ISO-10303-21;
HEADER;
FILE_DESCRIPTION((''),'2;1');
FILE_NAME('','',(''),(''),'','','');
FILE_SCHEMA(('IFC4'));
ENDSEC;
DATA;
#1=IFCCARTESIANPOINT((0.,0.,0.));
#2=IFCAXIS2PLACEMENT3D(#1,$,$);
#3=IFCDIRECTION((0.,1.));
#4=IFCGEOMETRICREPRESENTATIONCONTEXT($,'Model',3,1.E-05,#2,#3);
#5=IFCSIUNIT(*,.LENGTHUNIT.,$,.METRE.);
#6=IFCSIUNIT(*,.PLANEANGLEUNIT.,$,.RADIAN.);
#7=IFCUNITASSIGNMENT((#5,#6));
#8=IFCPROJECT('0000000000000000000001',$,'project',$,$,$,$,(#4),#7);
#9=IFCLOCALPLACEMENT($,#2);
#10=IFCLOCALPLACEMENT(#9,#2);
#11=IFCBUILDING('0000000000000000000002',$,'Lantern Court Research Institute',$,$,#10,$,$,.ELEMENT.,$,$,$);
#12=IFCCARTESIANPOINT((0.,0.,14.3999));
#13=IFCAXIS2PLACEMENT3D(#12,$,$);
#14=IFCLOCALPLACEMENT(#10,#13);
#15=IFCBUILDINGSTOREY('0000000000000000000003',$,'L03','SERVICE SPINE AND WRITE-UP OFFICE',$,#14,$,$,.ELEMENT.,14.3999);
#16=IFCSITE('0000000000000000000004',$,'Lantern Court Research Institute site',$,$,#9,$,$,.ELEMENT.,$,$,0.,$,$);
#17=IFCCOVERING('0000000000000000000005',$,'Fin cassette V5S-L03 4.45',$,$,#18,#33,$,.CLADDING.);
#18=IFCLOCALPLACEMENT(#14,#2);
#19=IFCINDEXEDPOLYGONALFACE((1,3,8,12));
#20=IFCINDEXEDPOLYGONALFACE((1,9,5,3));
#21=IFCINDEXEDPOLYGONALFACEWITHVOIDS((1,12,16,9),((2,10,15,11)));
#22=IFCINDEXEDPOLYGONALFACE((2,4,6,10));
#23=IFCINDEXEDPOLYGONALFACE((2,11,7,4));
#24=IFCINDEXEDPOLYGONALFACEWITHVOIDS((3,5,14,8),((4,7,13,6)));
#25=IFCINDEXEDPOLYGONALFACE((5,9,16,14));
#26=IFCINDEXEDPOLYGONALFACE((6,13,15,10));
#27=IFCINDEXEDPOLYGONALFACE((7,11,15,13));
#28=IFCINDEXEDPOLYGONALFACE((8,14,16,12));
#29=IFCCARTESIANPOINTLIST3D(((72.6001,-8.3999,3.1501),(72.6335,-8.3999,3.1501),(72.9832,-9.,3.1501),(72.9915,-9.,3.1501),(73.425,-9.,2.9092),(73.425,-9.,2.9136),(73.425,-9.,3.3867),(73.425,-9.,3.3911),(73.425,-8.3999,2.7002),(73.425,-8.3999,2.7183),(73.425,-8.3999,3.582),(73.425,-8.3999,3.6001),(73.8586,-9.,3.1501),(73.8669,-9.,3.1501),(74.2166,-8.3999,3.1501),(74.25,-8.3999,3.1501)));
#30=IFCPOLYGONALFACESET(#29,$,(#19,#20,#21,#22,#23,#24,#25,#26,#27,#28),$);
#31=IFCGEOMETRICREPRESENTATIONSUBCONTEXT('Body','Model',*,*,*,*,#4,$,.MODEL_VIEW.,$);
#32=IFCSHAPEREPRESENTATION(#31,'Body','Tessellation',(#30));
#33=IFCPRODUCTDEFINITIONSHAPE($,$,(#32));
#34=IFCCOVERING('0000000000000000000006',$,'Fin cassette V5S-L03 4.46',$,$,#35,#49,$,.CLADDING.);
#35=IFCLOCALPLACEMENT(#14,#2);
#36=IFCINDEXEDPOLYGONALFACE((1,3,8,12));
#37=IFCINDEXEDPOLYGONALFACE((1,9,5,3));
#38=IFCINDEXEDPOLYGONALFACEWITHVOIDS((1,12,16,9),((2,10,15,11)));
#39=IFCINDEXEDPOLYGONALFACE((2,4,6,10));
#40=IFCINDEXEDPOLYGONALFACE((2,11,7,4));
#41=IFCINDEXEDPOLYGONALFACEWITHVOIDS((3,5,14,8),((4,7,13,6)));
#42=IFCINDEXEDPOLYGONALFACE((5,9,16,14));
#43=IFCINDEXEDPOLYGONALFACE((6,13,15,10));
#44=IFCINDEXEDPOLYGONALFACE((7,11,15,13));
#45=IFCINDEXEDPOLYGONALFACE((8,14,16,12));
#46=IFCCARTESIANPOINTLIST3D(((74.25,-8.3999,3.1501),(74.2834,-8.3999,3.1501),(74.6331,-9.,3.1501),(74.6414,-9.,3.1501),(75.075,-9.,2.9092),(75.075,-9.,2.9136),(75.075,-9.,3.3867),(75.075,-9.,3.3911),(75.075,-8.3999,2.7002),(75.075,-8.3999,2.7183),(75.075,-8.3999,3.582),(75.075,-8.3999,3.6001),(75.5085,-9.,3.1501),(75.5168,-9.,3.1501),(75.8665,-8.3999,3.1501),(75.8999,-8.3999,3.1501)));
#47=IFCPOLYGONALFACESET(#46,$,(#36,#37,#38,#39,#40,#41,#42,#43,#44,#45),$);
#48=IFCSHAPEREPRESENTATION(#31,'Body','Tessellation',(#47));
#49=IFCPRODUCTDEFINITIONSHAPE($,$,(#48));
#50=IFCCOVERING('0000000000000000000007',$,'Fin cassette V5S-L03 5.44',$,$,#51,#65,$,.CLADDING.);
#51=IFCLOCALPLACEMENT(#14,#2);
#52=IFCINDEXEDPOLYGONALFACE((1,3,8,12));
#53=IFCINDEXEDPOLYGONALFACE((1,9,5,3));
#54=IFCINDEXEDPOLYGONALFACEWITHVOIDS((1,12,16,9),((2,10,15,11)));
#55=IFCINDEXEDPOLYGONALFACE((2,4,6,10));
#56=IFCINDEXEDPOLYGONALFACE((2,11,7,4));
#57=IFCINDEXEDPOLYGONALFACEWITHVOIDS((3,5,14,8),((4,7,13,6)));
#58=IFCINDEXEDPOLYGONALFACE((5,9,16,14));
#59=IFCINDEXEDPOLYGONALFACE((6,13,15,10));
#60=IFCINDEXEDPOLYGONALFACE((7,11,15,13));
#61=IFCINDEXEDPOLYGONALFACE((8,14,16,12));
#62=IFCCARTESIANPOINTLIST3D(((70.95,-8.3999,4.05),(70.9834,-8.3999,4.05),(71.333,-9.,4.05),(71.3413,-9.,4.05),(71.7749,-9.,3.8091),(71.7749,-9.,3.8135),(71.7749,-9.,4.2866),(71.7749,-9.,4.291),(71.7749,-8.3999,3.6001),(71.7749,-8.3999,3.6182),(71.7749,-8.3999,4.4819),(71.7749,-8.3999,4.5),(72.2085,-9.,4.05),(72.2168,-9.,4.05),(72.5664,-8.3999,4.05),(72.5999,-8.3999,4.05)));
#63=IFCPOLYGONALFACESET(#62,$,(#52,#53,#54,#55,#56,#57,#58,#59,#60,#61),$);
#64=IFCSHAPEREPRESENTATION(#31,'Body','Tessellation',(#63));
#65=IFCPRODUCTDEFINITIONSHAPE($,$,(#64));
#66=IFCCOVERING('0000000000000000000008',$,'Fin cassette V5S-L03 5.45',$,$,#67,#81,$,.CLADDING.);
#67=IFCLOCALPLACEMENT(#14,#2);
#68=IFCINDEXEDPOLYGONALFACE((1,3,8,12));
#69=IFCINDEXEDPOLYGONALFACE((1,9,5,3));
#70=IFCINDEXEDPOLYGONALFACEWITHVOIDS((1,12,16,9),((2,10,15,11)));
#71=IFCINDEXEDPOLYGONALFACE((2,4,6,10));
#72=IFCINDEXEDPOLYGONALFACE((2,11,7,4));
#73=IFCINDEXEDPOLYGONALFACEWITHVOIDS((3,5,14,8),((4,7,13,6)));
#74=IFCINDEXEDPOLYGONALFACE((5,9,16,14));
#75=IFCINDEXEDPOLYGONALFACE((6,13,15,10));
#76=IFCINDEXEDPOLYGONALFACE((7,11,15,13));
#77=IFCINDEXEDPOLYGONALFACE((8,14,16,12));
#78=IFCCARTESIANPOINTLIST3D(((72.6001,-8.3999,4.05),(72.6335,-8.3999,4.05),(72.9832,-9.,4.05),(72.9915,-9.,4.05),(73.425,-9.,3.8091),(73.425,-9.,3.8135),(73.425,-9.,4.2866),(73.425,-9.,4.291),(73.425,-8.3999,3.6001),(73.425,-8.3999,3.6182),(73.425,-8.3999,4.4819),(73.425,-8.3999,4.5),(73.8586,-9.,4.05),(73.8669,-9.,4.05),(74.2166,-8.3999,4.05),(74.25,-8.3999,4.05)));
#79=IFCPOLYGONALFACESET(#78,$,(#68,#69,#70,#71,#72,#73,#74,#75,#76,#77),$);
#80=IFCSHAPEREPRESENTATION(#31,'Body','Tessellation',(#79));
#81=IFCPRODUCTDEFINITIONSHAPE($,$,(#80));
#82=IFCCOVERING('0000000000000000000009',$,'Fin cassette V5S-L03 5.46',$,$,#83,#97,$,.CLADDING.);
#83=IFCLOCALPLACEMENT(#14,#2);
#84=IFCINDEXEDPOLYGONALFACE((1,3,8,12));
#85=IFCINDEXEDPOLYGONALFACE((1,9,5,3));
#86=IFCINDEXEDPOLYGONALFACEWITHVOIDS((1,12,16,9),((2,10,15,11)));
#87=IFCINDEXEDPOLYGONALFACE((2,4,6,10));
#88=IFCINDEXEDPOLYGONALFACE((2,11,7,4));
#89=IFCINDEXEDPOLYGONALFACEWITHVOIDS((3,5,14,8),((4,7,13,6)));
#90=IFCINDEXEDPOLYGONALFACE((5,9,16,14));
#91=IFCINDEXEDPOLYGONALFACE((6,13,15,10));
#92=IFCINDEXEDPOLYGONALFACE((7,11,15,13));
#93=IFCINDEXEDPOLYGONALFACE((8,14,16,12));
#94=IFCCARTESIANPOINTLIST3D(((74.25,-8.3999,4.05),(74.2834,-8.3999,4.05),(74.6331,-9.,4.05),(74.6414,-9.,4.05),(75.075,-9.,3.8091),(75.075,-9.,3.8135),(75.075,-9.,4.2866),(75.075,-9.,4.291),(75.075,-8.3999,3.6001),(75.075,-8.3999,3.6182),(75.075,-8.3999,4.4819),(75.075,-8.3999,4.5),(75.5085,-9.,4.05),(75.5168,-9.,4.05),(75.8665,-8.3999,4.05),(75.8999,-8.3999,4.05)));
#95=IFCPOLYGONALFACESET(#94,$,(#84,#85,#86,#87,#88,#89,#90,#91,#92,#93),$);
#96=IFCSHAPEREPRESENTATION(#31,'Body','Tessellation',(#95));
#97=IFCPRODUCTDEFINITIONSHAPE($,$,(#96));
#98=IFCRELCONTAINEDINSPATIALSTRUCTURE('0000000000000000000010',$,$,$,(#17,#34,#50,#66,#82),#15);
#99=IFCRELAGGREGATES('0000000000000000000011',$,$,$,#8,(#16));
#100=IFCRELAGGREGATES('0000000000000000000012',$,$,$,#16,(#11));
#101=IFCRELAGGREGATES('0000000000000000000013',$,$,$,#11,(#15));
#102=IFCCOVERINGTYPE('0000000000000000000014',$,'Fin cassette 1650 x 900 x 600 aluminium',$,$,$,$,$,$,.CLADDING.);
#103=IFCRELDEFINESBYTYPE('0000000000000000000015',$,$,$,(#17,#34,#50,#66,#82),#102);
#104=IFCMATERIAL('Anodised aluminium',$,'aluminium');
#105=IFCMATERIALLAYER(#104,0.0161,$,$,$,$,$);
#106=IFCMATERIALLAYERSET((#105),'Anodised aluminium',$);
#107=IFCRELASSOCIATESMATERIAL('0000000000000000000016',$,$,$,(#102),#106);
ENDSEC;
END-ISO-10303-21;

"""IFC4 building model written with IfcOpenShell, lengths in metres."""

from ifc_helpers import new_model, entity, si_unit, direction, frame, origin, place, context, subcontext, project, spatial, material, layer, layer_set, type_object, element, save


model = new_model("IFC4")

# Units and contexts
model_context = context("Model", 3, precision=1e-05, world=origin(), true_north=direction((0.0, 1.0)))
body_context = subcontext(model_context, "Body", "Model", "MODEL_VIEW")
ifc_project = project(units=[si_unit("LENGTHUNIT", "METRE"), si_unit("PLANEANGLEUNIT", "RADIAN")], contexts=[model_context])

# Site, building, storey
site_placement = place(None, origin())
site = spatial("IfcSite", under=ifc_project, at=site_placement, Name="Lantern Court Research Institute site", CompositionType="ELEMENT", RefElevation=0.0)
building_placement = place(site_placement, origin())
building = spatial("IfcBuilding", under=site, at=building_placement, Name="Lantern Court Research Institute", CompositionType="ELEMENT")
storey_placement = place(building_placement, frame((0.0, 0.0, 14.3999)))
storey = spatial("IfcBuildingStorey", under=building, at=storey_placement, Name="L03", Description="SERVICE SPINE AND WRITE-UP OFFICE", CompositionType="ELEMENT", Elevation=14.3999)

# Coverings
ifc_material_1 = material(Name="Anodised aluminium", Category="aluminium")
ifc_layer = layer(ifc_material_1, 0.0161)
ifc_layer_set = layer_set([ifc_layer], Name="Anodised aluminium")
covering_type = type_object("IfcCoveringType", Name="Fin cassette 1650 x 900 x 600 aluminium", PredefinedType="CLADDING", material=ifc_layer_set)
covering_1_placement = place(storey_placement, frame((73.425, -8.3999, 3.1501), z_axis=(0.0, -1.0, 0.0), x_axis=(1.0, 0.0, 0.0)))
cartesian_point_1 = entity("IfcCartesianPoint", [0.825, 0.0])
cartesian_point_2 = entity("IfcCartesianPoint", [0.7915, 0.0])
cartesian_point_3 = entity("IfcCartesianPoint", [0.4419, 0.0])
cartesian_point_4 = entity("IfcCartesianPoint", [0.4336, 0.0])
element("IfcCovering", 1, at=covering_1_placement, inside=storey, type_object=covering_type, Name="Fin cassette V5S-L03 4.45", PredefinedType="CLADDING", context=body_context, shape_type="SweptSolid", body=[
    entity("IfcExtrudedAreaSolidTapered", entity("IfcArbitraryProfileDefWithVoids", "AREA", None, entity("IfcPolyline", [cartesian_point_1, entity("IfcCartesianPoint", [0.0, 0.45]), entity("IfcCartesianPoint", [-0.825, 0.0]), entity("IfcCartesianPoint", [0.0, -0.45]), cartesian_point_1]), [entity("IfcPolyline", [cartesian_point_2, entity("IfcCartesianPoint", [0.0, 0.4319]), entity("IfcCartesianPoint", [-0.7915, 0.0]), entity("IfcCartesianPoint", [0.0, -0.4319]), cartesian_point_2])]), entity("IfcAxis2Placement3D", entity("IfcCartesianPoint", [0.0, 0.0, 0.0])), entity("IfcDirection", [0.0, 0.0, 1.0]), 0.6001, entity("IfcArbitraryProfileDefWithVoids", "AREA", None, entity("IfcPolyline", [cartesian_point_3, entity("IfcCartesianPoint", [0.0, 0.241]), entity("IfcCartesianPoint", [-0.4419, 0.0]), entity("IfcCartesianPoint", [0.0, -0.241]), cartesian_point_3]), [entity("IfcPolyline", [cartesian_point_4, entity("IfcCartesianPoint", [0.0, 0.2366]), entity("IfcCartesianPoint", [-0.4336, 0.0]), entity("IfcCartesianPoint", [0.0, -0.2366]), cartesian_point_4])])),
])
covering_2_placement = place(storey_placement, frame((75.075, -8.3999, 3.1501), z_axis=(0.0, -1.0, 0.0), x_axis=(1.0, 0.0, 0.0)))
cartesian_point_5 = entity("IfcCartesianPoint", [0.825, 0.0])
cartesian_point_6 = entity("IfcCartesianPoint", [0.7915, 0.0])
cartesian_point_7 = entity("IfcCartesianPoint", [0.4419, 0.0])
cartesian_point_8 = entity("IfcCartesianPoint", [0.4336, 0.0])
element("IfcCovering", 2, at=covering_2_placement, inside=storey, type_object=covering_type, Name="Fin cassette V5S-L03 4.46", PredefinedType="CLADDING", context=body_context, shape_type="SweptSolid", body=[
    entity("IfcExtrudedAreaSolidTapered", entity("IfcArbitraryProfileDefWithVoids", "AREA", None, entity("IfcPolyline", [cartesian_point_5, entity("IfcCartesianPoint", [0.0, 0.45]), entity("IfcCartesianPoint", [-0.825, 0.0]), entity("IfcCartesianPoint", [0.0, -0.45]), cartesian_point_5]), [entity("IfcPolyline", [cartesian_point_6, entity("IfcCartesianPoint", [0.0, 0.4319]), entity("IfcCartesianPoint", [-0.7915, 0.0]), entity("IfcCartesianPoint", [0.0, -0.4319]), cartesian_point_6])]), entity("IfcAxis2Placement3D", entity("IfcCartesianPoint", [0.0, 0.0, 0.0])), entity("IfcDirection", [0.0, 0.0, 1.0]), 0.6001, entity("IfcArbitraryProfileDefWithVoids", "AREA", None, entity("IfcPolyline", [cartesian_point_7, entity("IfcCartesianPoint", [0.0, 0.241]), entity("IfcCartesianPoint", [-0.4419, 0.0]), entity("IfcCartesianPoint", [0.0, -0.241]), cartesian_point_7]), [entity("IfcPolyline", [cartesian_point_8, entity("IfcCartesianPoint", [0.0, 0.2366]), entity("IfcCartesianPoint", [-0.4336, 0.0]), entity("IfcCartesianPoint", [0.0, -0.2366]), cartesian_point_8])])),
])
covering_3_placement = place(storey_placement, frame((71.7749, -8.3999, 4.05), z_axis=(0.0, -1.0, 0.0), x_axis=(1.0, 0.0, 0.0)))
cartesian_point_9 = entity("IfcCartesianPoint", [0.825, 0.0])
cartesian_point_10 = entity("IfcCartesianPoint", [0.7915, 0.0])
cartesian_point_11 = entity("IfcCartesianPoint", [0.4419, 0.0])
cartesian_point_12 = entity("IfcCartesianPoint", [0.4336, 0.0])
element("IfcCovering", 3, at=covering_3_placement, inside=storey, type_object=covering_type, Name="Fin cassette V5S-L03 5.44", PredefinedType="CLADDING", context=body_context, shape_type="SweptSolid", body=[
    entity("IfcExtrudedAreaSolidTapered", entity("IfcArbitraryProfileDefWithVoids", "AREA", None, entity("IfcPolyline", [cartesian_point_9, entity("IfcCartesianPoint", [0.0, 0.45]), entity("IfcCartesianPoint", [-0.825, 0.0]), entity("IfcCartesianPoint", [0.0, -0.45]), cartesian_point_9]), [entity("IfcPolyline", [cartesian_point_10, entity("IfcCartesianPoint", [0.0, 0.4319]), entity("IfcCartesianPoint", [-0.7915, 0.0]), entity("IfcCartesianPoint", [0.0, -0.4319]), cartesian_point_10])]), entity("IfcAxis2Placement3D", entity("IfcCartesianPoint", [0.0, 0.0, 0.0])), entity("IfcDirection", [0.0, 0.0, 1.0]), 0.6001, entity("IfcArbitraryProfileDefWithVoids", "AREA", None, entity("IfcPolyline", [cartesian_point_11, entity("IfcCartesianPoint", [0.0, 0.241]), entity("IfcCartesianPoint", [-0.4419, 0.0]), entity("IfcCartesianPoint", [0.0, -0.241]), cartesian_point_11]), [entity("IfcPolyline", [cartesian_point_12, entity("IfcCartesianPoint", [0.0, 0.2366]), entity("IfcCartesianPoint", [-0.4336, 0.0]), entity("IfcCartesianPoint", [0.0, -0.2366]), cartesian_point_12])])),
])
covering_4_placement = place(storey_placement, frame((73.425, -8.3999, 4.05), z_axis=(0.0, -1.0, 0.0), x_axis=(1.0, 0.0, 0.0)))
cartesian_point_13 = entity("IfcCartesianPoint", [0.825, 0.0])
cartesian_point_14 = entity("IfcCartesianPoint", [0.7915, 0.0])
cartesian_point_15 = entity("IfcCartesianPoint", [0.4419, 0.0])
cartesian_point_16 = entity("IfcCartesianPoint", [0.4336, 0.0])
element("IfcCovering", 4, at=covering_4_placement, inside=storey, type_object=covering_type, Name="Fin cassette V5S-L03 5.45", PredefinedType="CLADDING", context=body_context, shape_type="SweptSolid", body=[
    entity("IfcExtrudedAreaSolidTapered", entity("IfcArbitraryProfileDefWithVoids", "AREA", None, entity("IfcPolyline", [cartesian_point_13, entity("IfcCartesianPoint", [0.0, 0.45]), entity("IfcCartesianPoint", [-0.825, 0.0]), entity("IfcCartesianPoint", [0.0, -0.45]), cartesian_point_13]), [entity("IfcPolyline", [cartesian_point_14, entity("IfcCartesianPoint", [0.0, 0.4319]), entity("IfcCartesianPoint", [-0.7915, 0.0]), entity("IfcCartesianPoint", [0.0, -0.4319]), cartesian_point_14])]), entity("IfcAxis2Placement3D", entity("IfcCartesianPoint", [0.0, 0.0, 0.0])), entity("IfcDirection", [0.0, 0.0, 1.0]), 0.6001, entity("IfcArbitraryProfileDefWithVoids", "AREA", None, entity("IfcPolyline", [cartesian_point_15, entity("IfcCartesianPoint", [0.0, 0.241]), entity("IfcCartesianPoint", [-0.4419, 0.0]), entity("IfcCartesianPoint", [0.0, -0.241]), cartesian_point_15]), [entity("IfcPolyline", [cartesian_point_16, entity("IfcCartesianPoint", [0.0, 0.2366]), entity("IfcCartesianPoint", [-0.4336, 0.0]), entity("IfcCartesianPoint", [0.0, -0.2366]), cartesian_point_16])])),
])
covering_5_placement = place(storey_placement, frame((75.075, -8.3999, 4.05), z_axis=(0.0, -1.0, 0.0), x_axis=(1.0, 0.0, 0.0)))
cartesian_point_17 = entity("IfcCartesianPoint", [0.825, 0.0])
cartesian_point_18 = entity("IfcCartesianPoint", [0.7915, 0.0])
cartesian_point_19 = entity("IfcCartesianPoint", [0.4419, 0.0])
cartesian_point_20 = entity("IfcCartesianPoint", [0.4336, 0.0])
element("IfcCovering", 5, at=covering_5_placement, inside=storey, type_object=covering_type, Name="Fin cassette V5S-L03 5.46", PredefinedType="CLADDING", context=body_context, shape_type="SweptSolid", body=[
    entity("IfcExtrudedAreaSolidTapered", entity("IfcArbitraryProfileDefWithVoids", "AREA", None, entity("IfcPolyline", [cartesian_point_17, entity("IfcCartesianPoint", [0.0, 0.45]), entity("IfcCartesianPoint", [-0.825, 0.0]), entity("IfcCartesianPoint", [0.0, -0.45]), cartesian_point_17]), [entity("IfcPolyline", [cartesian_point_18, entity("IfcCartesianPoint", [0.0, 0.4319]), entity("IfcCartesianPoint", [-0.7915, 0.0]), entity("IfcCartesianPoint", [0.0, -0.4319]), cartesian_point_18])]), entity("IfcAxis2Placement3D", entity("IfcCartesianPoint", [0.0, 0.0, 0.0])), entity("IfcDirection", [0.0, 0.0, 1.0]), 0.6001, entity("IfcArbitraryProfileDefWithVoids", "AREA", None, entity("IfcPolyline", [cartesian_point_19, entity("IfcCartesianPoint", [0.0, 0.241]), entity("IfcCartesianPoint", [-0.4419, 0.0]), entity("IfcCartesianPoint", [0.0, -0.241]), cartesian_point_19]), [entity("IfcPolyline", [cartesian_point_20, entity("IfcCartesianPoint", [0.0, 0.2366]), entity("IfcCartesianPoint", [-0.4336, 0.0]), entity("IfcCartesianPoint", [0.0, -0.2366]), cartesian_point_20])])),
])

save(model, "model.ifc")
